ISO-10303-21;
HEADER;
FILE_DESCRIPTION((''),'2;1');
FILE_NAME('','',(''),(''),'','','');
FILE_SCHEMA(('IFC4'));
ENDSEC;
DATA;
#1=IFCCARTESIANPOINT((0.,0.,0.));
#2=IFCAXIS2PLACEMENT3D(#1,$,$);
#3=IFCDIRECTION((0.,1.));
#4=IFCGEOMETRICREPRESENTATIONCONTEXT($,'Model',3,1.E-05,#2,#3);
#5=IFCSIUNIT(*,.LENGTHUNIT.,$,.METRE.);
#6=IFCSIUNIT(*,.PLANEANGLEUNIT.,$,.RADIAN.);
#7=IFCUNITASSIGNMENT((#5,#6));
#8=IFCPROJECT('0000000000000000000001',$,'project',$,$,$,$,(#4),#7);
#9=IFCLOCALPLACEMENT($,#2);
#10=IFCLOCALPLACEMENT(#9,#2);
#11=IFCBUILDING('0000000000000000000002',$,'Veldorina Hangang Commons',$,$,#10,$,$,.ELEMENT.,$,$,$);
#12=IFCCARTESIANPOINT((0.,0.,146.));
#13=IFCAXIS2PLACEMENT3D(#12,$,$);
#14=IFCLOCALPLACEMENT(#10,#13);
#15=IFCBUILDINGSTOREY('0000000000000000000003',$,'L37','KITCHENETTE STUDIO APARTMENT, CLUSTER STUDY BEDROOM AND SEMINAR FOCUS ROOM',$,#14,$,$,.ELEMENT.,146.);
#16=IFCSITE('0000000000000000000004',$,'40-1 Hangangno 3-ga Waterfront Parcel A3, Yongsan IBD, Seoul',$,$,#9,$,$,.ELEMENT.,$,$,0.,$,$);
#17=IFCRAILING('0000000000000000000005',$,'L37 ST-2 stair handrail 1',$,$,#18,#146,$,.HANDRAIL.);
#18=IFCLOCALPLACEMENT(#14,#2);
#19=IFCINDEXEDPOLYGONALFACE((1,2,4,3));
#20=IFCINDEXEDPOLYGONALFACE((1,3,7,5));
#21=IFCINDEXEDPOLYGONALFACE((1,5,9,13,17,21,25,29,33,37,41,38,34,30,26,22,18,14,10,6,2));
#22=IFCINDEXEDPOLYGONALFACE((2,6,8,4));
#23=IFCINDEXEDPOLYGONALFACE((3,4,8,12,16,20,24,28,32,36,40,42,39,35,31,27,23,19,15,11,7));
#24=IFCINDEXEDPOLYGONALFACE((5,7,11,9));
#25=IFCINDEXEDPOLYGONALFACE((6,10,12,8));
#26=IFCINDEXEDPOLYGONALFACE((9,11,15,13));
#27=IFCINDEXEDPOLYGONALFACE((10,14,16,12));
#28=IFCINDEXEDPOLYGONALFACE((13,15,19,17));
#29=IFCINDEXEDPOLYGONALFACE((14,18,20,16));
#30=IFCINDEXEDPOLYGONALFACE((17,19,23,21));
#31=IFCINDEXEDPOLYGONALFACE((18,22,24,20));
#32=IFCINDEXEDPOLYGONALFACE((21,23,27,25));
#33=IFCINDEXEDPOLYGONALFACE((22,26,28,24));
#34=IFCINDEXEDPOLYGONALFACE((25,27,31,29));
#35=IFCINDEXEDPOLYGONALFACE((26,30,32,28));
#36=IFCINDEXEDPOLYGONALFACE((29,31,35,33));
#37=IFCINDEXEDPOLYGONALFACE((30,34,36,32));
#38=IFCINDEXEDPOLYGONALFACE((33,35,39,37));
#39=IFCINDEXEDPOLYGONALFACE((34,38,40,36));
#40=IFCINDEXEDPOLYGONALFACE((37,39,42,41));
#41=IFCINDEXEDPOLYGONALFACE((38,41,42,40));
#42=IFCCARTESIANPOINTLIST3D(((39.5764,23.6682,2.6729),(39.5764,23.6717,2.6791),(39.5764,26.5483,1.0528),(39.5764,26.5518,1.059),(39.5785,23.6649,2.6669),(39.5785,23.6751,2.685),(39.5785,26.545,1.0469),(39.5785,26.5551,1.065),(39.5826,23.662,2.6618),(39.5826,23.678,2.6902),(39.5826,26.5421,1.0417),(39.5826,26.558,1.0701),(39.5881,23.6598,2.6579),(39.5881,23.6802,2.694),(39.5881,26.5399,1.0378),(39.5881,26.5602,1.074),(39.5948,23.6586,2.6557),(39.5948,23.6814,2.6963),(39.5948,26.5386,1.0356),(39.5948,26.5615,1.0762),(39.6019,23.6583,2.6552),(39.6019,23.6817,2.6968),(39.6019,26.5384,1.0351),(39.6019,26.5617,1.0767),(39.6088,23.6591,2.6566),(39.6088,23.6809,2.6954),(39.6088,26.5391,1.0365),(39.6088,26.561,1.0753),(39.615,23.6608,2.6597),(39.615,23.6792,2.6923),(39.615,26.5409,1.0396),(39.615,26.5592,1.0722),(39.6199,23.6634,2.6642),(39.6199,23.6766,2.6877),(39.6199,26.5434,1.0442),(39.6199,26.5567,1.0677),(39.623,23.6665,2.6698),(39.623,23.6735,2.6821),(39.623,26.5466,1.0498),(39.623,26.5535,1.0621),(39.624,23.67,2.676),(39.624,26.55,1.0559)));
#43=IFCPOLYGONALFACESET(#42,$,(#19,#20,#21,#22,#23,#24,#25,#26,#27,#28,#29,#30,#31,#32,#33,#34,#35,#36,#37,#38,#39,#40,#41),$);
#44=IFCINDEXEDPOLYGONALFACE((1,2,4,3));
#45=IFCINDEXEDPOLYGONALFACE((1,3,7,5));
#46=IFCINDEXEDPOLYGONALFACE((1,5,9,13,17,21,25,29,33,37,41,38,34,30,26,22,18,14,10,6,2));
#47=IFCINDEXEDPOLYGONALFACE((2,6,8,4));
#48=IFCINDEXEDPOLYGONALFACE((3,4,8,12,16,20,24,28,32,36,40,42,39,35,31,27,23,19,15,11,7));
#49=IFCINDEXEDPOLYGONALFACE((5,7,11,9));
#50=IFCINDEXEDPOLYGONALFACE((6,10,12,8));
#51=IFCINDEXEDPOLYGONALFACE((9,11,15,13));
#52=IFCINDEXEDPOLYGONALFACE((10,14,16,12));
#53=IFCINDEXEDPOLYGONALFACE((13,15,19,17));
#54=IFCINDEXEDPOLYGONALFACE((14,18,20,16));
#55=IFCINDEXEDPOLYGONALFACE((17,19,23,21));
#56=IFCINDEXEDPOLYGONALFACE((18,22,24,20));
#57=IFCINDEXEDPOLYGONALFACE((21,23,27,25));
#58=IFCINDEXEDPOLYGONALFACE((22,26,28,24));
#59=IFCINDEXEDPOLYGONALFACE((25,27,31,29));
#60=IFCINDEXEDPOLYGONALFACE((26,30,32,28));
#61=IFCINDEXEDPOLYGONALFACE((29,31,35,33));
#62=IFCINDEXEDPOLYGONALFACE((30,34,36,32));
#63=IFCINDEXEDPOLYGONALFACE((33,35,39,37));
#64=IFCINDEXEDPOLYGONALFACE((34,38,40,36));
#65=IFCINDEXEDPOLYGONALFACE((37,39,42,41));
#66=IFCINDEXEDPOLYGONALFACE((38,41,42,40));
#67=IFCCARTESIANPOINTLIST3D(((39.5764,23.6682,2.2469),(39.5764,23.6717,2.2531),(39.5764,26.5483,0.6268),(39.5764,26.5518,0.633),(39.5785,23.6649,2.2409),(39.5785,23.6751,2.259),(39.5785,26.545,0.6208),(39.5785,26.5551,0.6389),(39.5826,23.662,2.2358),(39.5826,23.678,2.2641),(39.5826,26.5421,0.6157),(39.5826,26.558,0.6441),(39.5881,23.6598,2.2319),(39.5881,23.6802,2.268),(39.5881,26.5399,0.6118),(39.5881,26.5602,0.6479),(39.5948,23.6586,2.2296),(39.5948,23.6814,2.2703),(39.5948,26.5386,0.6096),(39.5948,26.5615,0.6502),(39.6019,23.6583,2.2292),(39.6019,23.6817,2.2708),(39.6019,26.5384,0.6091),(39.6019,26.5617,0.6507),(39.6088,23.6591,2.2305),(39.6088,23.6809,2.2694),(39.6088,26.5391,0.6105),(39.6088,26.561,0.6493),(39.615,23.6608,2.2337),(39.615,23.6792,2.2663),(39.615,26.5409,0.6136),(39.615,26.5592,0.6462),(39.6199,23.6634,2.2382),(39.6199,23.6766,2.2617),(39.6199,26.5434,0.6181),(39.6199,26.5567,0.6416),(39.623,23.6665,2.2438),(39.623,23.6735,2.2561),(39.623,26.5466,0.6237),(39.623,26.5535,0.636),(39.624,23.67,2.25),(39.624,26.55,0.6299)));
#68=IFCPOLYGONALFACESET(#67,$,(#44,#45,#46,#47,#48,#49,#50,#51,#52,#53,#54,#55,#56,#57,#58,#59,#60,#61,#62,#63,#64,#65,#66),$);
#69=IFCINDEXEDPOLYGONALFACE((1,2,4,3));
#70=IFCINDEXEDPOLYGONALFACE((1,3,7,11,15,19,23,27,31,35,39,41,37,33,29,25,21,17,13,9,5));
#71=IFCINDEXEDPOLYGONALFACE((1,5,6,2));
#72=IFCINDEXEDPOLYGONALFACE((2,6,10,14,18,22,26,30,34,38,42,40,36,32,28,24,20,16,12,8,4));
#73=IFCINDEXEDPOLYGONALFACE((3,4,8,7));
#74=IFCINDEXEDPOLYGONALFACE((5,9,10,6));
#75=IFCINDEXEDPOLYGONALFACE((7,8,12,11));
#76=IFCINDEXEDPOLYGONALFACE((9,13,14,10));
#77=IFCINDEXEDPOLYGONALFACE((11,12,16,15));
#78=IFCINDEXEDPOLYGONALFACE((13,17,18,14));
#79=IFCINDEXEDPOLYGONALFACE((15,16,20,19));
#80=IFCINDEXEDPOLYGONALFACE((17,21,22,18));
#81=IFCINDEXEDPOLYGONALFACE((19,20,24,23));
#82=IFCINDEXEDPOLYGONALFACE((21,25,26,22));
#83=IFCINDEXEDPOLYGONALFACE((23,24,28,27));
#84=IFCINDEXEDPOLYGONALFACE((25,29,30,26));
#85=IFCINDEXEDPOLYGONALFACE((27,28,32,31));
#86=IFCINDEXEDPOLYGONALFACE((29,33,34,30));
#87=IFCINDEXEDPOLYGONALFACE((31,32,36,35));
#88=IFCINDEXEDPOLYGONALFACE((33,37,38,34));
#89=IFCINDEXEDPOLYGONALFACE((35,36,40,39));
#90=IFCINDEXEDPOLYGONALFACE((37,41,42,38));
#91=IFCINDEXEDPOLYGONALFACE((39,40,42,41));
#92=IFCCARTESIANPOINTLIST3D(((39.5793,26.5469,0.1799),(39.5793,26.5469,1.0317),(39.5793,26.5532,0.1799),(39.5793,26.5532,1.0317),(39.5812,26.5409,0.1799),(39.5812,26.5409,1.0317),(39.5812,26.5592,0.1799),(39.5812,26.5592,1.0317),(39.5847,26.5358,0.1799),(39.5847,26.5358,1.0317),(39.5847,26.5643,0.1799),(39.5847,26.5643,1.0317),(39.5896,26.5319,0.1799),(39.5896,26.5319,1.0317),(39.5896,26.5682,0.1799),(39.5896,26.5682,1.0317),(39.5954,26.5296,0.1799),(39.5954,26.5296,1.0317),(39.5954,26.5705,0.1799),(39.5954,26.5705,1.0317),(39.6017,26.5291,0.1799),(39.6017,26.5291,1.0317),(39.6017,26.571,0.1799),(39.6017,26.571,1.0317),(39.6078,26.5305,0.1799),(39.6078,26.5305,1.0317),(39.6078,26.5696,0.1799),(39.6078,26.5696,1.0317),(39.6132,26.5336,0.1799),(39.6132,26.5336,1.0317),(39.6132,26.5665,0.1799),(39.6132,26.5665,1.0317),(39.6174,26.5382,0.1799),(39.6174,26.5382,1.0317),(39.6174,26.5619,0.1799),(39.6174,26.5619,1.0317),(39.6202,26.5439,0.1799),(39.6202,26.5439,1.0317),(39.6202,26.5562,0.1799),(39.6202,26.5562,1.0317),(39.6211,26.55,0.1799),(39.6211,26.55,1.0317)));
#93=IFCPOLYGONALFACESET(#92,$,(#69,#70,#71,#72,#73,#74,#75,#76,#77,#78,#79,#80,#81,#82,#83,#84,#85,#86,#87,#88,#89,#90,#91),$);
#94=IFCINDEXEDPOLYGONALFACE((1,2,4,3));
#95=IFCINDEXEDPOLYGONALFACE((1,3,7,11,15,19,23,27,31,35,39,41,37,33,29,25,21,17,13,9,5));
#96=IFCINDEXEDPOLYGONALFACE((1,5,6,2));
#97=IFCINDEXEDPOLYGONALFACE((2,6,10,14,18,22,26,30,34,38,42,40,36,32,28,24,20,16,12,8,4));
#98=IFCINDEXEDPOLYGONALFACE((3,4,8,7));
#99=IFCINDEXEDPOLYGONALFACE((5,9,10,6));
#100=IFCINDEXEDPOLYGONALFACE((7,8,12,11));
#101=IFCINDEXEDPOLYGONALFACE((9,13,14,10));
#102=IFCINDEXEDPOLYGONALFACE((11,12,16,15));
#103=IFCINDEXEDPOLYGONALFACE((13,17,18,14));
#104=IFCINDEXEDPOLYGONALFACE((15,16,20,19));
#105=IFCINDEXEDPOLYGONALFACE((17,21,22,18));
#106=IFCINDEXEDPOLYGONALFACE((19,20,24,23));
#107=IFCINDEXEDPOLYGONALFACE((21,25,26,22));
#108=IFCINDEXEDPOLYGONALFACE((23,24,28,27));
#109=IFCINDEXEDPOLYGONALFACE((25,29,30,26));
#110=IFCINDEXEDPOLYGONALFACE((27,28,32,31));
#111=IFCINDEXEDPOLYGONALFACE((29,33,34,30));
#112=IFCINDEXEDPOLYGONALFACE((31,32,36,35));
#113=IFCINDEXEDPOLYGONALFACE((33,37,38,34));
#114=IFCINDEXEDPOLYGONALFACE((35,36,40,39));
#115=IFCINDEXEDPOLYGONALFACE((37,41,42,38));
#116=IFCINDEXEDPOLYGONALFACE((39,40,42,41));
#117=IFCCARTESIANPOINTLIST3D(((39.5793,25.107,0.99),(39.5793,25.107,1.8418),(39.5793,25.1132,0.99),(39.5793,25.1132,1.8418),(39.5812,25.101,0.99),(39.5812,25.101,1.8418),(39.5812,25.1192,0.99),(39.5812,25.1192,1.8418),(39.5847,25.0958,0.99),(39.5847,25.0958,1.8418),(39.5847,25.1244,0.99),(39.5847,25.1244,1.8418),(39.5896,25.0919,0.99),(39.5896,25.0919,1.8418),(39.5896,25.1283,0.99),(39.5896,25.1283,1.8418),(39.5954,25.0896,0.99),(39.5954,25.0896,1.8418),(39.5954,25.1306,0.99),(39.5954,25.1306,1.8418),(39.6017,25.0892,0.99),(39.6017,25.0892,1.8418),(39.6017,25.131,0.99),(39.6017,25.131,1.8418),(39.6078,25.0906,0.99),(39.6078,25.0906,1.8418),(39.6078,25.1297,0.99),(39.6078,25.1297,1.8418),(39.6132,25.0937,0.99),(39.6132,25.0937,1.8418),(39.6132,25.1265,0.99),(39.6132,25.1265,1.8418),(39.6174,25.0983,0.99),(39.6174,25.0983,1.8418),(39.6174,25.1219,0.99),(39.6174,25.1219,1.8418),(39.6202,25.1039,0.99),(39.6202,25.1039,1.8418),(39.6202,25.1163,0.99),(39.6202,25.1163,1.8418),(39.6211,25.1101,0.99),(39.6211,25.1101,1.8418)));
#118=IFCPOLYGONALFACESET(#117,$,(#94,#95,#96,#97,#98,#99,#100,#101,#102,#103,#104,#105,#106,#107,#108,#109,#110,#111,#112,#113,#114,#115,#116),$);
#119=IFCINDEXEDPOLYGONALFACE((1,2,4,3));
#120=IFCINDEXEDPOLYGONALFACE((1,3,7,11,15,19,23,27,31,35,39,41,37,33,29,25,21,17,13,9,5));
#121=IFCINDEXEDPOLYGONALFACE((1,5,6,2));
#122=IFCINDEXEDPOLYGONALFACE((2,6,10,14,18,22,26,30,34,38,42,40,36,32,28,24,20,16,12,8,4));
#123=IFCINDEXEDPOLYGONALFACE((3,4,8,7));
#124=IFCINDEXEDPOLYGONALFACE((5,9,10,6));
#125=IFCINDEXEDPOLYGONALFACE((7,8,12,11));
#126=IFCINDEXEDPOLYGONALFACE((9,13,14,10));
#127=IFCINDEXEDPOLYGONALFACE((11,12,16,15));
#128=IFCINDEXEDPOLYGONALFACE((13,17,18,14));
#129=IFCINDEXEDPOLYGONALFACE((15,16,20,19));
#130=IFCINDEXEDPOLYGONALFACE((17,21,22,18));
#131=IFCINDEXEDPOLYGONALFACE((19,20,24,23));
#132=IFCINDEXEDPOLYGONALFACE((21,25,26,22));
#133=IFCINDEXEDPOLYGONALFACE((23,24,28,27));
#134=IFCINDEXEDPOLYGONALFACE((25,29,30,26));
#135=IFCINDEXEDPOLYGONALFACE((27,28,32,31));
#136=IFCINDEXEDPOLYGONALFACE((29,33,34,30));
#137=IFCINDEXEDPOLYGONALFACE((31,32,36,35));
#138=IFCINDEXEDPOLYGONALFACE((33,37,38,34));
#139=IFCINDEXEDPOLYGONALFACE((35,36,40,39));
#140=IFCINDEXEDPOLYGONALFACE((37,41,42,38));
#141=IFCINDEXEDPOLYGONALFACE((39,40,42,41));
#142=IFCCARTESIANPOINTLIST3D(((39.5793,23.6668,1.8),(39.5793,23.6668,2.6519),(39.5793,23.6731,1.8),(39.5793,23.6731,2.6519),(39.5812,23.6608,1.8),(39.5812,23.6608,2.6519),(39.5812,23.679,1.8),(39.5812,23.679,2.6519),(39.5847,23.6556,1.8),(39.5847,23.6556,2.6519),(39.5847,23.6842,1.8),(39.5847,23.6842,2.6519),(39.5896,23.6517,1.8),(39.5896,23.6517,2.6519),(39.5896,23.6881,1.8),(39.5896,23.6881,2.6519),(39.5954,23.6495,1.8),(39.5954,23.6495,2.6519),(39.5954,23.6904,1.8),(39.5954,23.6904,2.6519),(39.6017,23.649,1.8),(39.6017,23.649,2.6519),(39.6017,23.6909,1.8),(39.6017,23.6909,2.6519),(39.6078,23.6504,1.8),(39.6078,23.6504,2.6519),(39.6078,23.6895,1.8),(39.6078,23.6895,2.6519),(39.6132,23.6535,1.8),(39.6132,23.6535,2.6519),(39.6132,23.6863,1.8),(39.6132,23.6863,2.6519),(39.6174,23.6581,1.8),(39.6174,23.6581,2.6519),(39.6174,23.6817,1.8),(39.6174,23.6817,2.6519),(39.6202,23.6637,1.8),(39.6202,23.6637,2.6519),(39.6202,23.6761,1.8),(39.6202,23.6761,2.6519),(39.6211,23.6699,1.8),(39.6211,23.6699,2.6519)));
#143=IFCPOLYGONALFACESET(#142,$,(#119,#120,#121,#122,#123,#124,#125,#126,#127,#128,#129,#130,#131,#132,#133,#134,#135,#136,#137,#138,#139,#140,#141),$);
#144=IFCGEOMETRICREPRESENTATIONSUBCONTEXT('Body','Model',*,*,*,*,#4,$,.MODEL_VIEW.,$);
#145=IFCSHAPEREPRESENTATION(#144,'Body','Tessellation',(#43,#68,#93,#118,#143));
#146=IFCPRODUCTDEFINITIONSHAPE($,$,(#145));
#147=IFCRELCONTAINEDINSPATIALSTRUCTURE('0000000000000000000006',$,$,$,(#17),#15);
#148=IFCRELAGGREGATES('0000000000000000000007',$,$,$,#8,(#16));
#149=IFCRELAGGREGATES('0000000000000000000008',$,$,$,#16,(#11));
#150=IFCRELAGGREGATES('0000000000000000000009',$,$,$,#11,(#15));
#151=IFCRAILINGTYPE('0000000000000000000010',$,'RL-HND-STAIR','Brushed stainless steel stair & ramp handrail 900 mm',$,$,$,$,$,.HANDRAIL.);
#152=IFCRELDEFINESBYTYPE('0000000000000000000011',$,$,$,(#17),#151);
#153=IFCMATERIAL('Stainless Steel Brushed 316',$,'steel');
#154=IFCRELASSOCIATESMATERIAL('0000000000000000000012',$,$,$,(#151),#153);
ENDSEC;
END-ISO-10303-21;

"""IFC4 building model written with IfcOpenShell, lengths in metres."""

from ifc_helpers import new_model, si_unit, direction, frame, origin, origin_2d, place, context, subcontext, project, spatial, circle, extrude, material, type_object, element, save


model = new_model("IFC4")

# Units and contexts
model_context = context("Model", 3, precision=1e-05, world=origin(), true_north=direction((0.0, 1.0)))
body_context = subcontext(model_context, "Body", "Model", "MODEL_VIEW")
ifc_project = project(units=[si_unit("LENGTHUNIT", "METRE"), si_unit("PLANEANGLEUNIT", "RADIAN")], contexts=[model_context])

# Site, building, storey
site_placement = place(None, origin())
site = spatial("IfcSite", under=ifc_project, at=site_placement, Name="40-1 Hangangno 3-ga Waterfront Parcel A3, Yongsan IBD, Seoul", CompositionType="ELEMENT", RefElevation=0.0)
building_placement = place(site_placement, origin())
building = spatial("IfcBuilding", under=site, at=building_placement, Name="Veldorina Hangang Commons", CompositionType="ELEMENT")
storey_placement = place(building_placement, frame((0.0, 0.0, 146.0)))
storey = spatial("IfcBuildingStorey", under=building, at=storey_placement, Name="L37", Description="KITCHENETTE STUDIO APARTMENT, CLUSTER STUDY BEDROOM AND SEMINAR FOCUS ROOM", CompositionType="ELEMENT", Elevation=146.0)

# Railing
ifc_material_1 = material(Name="Stainless Steel Brushed 316", Category="steel")
railing_type_1 = type_object("IfcRailingType", Name="RL-HND-STAIR", Description="Brushed stainless steel stair & ramp handrail 900 mm", PredefinedType="HANDRAIL", material=ifc_material_1)
railing_1_placement = place(storey_placement, frame((39.6001, 26.55, 0.1799)))
element("IfcRailing", 1, at=railing_1_placement, inside=storey, type_object=railing_type_1, Name="L37 ST-2 stair handrail 1", PredefinedType="HANDRAIL", context=body_context, shape_type="SweptSolid", body=[
    extrude(circle(Radius=0.0239, at=origin_2d()), frame((0.0, 0.0, 0.876), z_axis=(0.0, -0.87157, 0.490272), x_axis=(1.0, 0.0, 0.0)), (0.0, 0.0, 1.0), 3.3044),
    extrude(circle(Radius=0.0239, at=origin_2d()), frame((0.0, 0.0, 0.45), z_axis=(0.0, -0.87157, 0.490272), x_axis=(1.0, 0.0, 0.0)), (0.0, 0.0, 1.0), 3.3044),
    extrude(circle(Radius=0.021, at=origin_2d()), origin(), (0.0, 0.0, 1.0), 0.8518),
    extrude(circle(Radius=0.021, at=origin_2d()), frame((0.0, -1.4399, 0.8101)), (0.0, 0.0, 1.0), 0.8518),
    extrude(circle(Radius=0.021, at=origin_2d()), frame((0.0, -2.8801, 1.6201)), (0.0, 0.0, 1.0), 0.8518),
])

save(model, "model.ifc")
